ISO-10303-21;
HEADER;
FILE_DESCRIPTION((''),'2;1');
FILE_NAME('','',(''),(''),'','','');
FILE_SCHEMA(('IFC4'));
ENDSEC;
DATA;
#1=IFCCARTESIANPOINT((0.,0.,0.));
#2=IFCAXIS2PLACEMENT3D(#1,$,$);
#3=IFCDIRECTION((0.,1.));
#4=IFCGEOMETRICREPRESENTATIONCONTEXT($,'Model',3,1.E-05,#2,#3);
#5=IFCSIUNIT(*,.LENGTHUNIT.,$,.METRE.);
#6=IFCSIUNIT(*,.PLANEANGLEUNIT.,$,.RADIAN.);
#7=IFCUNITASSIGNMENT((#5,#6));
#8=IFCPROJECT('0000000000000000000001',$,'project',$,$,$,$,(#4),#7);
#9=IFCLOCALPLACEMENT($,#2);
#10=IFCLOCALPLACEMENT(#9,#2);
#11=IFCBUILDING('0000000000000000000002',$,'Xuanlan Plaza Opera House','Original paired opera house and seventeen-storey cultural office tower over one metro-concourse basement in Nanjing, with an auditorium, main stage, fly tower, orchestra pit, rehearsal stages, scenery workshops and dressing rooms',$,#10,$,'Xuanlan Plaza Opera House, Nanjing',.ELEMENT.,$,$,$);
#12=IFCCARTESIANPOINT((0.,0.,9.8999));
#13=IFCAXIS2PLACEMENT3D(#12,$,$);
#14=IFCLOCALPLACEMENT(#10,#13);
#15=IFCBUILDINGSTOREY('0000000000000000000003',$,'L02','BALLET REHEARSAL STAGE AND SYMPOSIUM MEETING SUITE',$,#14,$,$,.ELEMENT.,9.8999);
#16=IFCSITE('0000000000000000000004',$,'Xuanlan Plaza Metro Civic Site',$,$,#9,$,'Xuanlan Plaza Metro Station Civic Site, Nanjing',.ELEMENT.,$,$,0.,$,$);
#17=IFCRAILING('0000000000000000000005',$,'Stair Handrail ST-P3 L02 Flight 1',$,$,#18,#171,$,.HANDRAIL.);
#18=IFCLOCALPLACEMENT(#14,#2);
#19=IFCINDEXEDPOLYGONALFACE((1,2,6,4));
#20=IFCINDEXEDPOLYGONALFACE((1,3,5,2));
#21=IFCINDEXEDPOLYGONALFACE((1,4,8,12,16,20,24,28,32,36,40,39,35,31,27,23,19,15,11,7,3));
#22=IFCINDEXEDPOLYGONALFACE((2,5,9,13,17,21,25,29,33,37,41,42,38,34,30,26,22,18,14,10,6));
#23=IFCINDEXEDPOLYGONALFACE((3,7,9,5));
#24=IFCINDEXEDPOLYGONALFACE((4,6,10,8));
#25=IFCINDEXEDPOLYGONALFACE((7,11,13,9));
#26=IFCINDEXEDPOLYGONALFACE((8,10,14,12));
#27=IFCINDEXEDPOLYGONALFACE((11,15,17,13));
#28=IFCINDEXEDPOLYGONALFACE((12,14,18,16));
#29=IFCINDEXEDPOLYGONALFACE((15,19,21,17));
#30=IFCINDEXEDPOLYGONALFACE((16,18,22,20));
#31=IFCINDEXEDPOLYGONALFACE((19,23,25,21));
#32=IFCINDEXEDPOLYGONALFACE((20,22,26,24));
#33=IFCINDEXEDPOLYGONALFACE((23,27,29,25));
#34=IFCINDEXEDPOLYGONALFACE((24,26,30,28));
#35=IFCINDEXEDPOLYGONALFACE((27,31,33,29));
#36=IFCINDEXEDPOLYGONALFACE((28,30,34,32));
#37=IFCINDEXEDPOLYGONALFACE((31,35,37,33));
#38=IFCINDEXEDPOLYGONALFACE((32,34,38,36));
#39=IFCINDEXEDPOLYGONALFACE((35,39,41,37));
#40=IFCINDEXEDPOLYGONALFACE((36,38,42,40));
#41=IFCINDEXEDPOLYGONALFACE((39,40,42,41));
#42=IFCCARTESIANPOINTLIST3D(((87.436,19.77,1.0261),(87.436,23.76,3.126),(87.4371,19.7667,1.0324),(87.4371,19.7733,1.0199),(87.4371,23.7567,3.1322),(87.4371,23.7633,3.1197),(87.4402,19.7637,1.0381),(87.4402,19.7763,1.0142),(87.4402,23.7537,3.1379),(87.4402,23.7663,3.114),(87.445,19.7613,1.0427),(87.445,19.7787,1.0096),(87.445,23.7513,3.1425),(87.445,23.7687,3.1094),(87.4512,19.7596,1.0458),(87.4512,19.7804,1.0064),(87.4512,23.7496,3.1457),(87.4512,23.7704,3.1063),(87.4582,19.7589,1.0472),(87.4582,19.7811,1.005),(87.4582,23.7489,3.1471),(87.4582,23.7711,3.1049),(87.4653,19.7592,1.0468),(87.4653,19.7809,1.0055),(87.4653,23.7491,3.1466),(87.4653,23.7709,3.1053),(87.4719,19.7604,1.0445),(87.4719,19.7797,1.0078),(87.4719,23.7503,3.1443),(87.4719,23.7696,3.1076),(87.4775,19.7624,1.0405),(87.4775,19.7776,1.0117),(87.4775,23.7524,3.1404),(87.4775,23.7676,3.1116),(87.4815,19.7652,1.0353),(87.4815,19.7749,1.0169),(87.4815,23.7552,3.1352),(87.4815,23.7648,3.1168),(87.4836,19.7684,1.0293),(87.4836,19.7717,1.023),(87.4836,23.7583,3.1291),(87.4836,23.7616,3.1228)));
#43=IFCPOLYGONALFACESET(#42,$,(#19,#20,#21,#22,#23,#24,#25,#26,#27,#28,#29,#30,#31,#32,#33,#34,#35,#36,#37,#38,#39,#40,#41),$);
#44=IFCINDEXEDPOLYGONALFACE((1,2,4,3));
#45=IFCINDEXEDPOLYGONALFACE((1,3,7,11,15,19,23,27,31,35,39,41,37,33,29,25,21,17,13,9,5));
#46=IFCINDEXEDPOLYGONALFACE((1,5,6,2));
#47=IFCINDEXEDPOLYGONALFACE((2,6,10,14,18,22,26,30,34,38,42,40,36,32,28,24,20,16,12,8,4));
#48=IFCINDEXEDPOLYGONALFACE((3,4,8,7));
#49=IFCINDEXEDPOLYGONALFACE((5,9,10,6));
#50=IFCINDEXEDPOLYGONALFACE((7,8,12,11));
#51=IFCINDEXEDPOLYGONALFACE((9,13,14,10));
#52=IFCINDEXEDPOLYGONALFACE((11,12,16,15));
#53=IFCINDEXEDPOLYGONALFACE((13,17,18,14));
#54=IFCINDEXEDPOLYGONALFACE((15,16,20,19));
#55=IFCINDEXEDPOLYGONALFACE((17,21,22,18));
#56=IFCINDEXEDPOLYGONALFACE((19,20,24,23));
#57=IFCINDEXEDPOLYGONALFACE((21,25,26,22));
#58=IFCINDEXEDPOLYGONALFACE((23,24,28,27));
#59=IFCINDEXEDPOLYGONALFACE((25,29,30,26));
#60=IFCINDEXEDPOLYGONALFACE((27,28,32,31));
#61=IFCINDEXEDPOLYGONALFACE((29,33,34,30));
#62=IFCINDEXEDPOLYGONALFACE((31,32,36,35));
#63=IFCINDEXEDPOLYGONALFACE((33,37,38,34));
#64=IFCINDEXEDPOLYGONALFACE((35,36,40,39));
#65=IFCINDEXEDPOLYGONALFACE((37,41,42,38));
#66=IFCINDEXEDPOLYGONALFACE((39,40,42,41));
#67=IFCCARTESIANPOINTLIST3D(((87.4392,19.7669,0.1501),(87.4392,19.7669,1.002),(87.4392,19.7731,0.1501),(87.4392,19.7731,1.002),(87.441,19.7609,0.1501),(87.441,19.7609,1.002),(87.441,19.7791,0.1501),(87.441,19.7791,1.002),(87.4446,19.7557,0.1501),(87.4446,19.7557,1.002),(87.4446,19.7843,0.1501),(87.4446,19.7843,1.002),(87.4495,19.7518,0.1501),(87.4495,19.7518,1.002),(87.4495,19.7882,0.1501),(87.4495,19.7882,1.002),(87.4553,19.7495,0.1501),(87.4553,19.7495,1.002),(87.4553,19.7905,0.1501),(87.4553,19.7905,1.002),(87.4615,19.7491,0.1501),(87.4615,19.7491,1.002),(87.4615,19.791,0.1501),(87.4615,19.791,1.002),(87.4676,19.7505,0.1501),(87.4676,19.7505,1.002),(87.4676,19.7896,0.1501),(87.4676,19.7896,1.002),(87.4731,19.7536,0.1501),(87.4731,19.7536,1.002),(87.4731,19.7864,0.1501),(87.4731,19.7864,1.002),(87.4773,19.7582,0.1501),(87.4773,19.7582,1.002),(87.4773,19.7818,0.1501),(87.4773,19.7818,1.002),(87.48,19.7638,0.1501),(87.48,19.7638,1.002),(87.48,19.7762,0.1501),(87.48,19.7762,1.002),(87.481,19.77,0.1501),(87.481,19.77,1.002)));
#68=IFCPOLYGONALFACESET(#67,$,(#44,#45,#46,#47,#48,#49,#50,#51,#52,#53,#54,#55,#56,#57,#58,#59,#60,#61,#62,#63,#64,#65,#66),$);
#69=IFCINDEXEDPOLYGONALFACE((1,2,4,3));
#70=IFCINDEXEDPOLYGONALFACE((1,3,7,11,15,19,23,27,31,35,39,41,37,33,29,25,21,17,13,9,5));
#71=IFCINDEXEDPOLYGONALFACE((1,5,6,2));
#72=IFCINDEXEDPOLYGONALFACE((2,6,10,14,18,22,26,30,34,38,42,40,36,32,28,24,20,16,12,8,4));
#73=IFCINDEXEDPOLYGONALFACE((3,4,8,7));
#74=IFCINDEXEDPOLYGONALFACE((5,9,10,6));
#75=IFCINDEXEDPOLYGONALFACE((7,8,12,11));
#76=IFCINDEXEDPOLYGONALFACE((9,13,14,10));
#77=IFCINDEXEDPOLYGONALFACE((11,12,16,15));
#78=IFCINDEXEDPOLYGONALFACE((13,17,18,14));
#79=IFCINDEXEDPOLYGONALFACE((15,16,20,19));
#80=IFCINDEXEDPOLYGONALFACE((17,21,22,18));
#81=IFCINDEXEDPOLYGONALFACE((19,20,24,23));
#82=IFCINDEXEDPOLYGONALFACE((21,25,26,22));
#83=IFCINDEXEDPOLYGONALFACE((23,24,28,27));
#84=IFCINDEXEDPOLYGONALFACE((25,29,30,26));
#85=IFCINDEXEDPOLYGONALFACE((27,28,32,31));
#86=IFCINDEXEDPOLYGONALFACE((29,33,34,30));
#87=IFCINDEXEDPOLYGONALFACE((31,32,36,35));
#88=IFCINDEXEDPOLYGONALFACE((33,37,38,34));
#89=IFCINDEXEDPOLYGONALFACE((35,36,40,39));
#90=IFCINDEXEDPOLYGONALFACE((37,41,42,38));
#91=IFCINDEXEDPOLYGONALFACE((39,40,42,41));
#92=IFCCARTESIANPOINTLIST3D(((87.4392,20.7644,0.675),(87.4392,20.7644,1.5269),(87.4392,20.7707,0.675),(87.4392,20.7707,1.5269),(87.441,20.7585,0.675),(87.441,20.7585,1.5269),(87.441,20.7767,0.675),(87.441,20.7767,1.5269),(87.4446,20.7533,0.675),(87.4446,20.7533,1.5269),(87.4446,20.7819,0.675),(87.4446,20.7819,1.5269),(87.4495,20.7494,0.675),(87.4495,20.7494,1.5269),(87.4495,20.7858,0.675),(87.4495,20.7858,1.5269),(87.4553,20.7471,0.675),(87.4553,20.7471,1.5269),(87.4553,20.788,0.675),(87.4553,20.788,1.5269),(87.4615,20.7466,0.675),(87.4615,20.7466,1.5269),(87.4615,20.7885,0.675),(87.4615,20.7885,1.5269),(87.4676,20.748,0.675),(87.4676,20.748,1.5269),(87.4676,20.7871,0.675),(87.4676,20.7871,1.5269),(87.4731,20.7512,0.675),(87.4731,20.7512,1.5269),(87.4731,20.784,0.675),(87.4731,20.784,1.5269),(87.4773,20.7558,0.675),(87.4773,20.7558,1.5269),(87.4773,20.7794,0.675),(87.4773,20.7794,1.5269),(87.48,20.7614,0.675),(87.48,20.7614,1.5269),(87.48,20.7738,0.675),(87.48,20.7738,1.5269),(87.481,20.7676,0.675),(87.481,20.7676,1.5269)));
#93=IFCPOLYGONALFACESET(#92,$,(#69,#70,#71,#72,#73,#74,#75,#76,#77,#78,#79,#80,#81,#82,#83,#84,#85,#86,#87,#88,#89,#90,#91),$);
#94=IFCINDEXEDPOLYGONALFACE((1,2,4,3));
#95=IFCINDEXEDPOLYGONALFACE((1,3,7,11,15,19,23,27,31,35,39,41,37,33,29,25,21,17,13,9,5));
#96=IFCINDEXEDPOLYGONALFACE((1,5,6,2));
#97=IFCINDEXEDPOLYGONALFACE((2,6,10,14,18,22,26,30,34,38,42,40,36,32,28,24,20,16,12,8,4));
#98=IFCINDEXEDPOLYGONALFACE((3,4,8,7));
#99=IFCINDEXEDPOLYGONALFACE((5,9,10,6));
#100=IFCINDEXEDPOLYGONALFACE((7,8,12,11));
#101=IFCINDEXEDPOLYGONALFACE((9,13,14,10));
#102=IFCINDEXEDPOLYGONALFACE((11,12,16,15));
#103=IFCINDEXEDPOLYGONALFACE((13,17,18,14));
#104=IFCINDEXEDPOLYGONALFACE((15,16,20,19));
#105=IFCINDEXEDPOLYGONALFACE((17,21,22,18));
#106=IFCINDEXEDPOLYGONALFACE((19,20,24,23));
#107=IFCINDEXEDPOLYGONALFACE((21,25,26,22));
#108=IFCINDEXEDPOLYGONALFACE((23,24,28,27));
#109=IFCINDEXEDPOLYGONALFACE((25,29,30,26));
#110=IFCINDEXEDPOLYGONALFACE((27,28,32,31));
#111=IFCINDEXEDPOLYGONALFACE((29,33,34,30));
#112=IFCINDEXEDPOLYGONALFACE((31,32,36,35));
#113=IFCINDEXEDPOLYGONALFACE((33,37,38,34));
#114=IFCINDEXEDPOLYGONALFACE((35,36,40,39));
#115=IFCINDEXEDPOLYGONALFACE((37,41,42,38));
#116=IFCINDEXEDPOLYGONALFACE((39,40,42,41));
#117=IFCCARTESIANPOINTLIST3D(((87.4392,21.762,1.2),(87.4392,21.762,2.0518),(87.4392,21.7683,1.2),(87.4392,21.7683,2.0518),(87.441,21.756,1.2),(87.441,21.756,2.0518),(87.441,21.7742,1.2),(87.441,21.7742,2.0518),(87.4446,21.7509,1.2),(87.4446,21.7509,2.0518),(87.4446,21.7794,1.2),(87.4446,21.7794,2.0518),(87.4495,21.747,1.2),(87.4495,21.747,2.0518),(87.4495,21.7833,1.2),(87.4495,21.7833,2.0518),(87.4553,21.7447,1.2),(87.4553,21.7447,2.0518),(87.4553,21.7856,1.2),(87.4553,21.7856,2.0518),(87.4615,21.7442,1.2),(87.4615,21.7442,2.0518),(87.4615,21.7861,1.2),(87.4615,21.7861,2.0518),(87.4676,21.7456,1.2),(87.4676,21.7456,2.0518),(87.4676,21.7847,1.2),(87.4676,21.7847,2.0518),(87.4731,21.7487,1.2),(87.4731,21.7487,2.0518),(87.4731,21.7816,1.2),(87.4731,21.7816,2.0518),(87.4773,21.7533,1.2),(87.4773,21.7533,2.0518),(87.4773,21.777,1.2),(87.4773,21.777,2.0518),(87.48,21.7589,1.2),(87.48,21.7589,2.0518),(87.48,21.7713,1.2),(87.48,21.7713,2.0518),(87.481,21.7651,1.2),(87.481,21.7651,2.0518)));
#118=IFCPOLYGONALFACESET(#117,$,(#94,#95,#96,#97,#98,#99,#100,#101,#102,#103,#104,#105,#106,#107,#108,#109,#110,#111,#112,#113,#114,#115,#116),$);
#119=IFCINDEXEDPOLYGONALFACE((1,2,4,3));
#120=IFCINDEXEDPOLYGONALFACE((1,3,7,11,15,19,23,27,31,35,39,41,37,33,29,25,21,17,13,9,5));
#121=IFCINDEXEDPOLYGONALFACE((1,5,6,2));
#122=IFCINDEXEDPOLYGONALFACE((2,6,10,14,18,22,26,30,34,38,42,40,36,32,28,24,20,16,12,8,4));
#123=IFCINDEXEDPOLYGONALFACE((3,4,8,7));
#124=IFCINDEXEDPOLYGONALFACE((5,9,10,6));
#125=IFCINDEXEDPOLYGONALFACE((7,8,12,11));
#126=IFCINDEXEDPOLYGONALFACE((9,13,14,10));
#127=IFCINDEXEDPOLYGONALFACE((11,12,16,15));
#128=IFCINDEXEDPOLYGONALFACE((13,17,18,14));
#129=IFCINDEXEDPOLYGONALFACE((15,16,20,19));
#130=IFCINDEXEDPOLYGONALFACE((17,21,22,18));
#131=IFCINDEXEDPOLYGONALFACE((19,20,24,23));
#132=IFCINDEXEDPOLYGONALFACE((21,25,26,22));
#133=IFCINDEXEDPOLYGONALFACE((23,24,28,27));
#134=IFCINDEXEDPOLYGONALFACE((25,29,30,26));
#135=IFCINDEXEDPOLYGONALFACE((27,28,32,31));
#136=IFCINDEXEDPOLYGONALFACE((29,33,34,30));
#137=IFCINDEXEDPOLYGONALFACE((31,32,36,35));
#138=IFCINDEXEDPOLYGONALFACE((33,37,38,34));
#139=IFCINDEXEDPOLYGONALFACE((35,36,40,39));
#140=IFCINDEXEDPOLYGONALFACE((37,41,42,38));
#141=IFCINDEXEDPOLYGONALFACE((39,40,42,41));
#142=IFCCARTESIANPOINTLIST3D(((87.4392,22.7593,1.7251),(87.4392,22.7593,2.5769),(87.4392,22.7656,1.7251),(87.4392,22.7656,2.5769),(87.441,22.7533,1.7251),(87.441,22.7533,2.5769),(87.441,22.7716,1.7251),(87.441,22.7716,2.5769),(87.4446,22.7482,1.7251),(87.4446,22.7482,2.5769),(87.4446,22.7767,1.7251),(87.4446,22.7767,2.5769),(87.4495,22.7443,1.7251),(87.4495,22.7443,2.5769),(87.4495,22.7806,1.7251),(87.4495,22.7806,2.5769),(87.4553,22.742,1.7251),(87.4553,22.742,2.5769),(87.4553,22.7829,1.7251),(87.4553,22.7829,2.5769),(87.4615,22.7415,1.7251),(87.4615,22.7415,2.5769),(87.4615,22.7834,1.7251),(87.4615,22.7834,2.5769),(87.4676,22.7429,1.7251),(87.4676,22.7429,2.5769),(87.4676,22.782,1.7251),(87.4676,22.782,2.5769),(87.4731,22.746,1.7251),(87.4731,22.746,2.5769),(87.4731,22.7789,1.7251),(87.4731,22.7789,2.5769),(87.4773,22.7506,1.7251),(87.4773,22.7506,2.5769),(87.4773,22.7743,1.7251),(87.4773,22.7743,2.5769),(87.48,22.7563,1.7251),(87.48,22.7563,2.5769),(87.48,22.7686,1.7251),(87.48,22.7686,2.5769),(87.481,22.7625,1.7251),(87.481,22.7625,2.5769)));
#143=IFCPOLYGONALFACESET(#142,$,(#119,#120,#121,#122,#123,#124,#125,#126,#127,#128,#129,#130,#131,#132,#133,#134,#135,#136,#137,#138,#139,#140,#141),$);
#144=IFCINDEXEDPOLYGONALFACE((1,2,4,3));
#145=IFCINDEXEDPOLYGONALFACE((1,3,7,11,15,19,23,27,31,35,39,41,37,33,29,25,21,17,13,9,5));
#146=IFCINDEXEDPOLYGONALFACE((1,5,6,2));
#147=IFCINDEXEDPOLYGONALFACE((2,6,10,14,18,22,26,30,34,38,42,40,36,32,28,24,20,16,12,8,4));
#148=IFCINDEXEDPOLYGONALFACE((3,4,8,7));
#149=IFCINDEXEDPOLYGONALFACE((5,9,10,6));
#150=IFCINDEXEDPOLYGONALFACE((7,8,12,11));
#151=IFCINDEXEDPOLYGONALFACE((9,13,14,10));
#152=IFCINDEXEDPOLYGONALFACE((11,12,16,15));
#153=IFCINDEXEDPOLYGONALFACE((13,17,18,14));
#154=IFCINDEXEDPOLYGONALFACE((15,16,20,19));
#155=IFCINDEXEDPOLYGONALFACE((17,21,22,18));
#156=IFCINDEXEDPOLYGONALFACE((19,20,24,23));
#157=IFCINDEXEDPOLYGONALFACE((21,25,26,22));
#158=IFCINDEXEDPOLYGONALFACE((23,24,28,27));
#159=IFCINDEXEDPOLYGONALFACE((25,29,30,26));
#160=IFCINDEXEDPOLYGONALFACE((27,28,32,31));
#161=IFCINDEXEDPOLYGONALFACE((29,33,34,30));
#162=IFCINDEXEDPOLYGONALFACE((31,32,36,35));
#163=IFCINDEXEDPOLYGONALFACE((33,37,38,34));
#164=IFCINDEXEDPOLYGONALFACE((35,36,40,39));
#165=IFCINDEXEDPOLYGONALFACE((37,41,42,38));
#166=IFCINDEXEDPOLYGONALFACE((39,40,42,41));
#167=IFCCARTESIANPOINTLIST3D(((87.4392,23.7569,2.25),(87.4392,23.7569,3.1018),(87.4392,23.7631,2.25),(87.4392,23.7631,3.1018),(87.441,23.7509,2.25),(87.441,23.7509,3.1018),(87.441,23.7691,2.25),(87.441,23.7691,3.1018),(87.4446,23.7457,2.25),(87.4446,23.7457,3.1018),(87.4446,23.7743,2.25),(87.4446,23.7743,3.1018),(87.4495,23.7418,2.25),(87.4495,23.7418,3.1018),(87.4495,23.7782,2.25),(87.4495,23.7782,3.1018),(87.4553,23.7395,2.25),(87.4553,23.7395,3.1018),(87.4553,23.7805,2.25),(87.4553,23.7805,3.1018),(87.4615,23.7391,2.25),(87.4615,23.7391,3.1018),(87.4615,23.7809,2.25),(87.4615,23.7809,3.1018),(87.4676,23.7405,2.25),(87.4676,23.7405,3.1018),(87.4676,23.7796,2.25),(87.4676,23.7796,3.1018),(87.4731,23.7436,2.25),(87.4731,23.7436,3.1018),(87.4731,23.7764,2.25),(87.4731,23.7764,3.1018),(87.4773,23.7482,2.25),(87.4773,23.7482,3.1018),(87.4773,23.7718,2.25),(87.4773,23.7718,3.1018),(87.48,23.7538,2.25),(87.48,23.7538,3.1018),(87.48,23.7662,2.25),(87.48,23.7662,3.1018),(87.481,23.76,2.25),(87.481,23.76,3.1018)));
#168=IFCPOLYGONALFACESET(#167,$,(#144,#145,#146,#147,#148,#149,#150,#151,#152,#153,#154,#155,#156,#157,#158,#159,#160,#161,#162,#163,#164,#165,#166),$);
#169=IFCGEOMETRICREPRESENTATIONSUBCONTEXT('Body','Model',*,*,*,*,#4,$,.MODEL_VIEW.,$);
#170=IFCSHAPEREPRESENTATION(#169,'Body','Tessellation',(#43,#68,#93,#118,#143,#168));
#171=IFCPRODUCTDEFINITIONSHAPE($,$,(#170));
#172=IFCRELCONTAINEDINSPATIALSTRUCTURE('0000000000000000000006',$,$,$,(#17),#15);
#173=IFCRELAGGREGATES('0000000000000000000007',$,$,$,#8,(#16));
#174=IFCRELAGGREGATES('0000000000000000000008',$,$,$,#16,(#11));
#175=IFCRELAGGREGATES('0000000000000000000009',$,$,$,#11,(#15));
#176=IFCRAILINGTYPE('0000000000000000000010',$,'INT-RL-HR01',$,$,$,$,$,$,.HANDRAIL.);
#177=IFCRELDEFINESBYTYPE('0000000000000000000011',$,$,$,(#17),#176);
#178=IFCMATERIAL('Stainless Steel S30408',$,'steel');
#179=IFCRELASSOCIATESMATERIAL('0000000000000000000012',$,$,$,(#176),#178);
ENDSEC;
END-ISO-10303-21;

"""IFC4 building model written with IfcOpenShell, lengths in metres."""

from ifc_helpers import new_model, si_unit, direction, frame, origin, origin_2d, place, context, subcontext, project, spatial, circle, extrude, material, type_object, element, save


model = new_model("IFC4")

# Units and contexts
model_context = context("Model", 3, precision=1e-05, world=origin(), true_north=direction((0.0, 1.0)))
body_context = subcontext(model_context, "Body", "Model", "MODEL_VIEW")
ifc_project = project(units=[si_unit("LENGTHUNIT", "METRE"), si_unit("PLANEANGLEUNIT", "RADIAN")], contexts=[model_context])

# Site, building, storey
site_placement = place(None, origin())
site = spatial("IfcSite", under=ifc_project, at=site_placement, Name="Xuanlan Plaza Metro Civic Site", LongName="Xuanlan Plaza Metro Station Civic Site, Nanjing", CompositionType="ELEMENT", RefElevation=0.0)
building_placement = place(site_placement, origin())
building = spatial("IfcBuilding", under=site, at=building_placement, Name="Xuanlan Plaza Opera House", Description="Original paired opera house and seventeen-storey cultural office tower over one metro-concourse basement in Nanjing, with an auditorium, main stage, fly tower, orchestra pit, rehearsal stages, scenery workshops and dressing rooms", LongName="Xuanlan Plaza Opera House, Nanjing", CompositionType="ELEMENT")
storey_placement = place(building_placement, frame((0.0, 0.0, 9.8999)))
storey = spatial("IfcBuildingStorey", under=building, at=storey_placement, Name="L02", Description="BALLET REHEARSAL STAGE AND SYMPOSIUM MEETING SUITE", CompositionType="ELEMENT", Elevation=9.8999)

# Railing
ifc_material_1 = material(Name="Stainless Steel S30408", Category="steel")
railing_type = type_object("IfcRailingType", Name="INT-RL-HR01", PredefinedType="HANDRAIL", material=ifc_material_1)
for number, where, name in (
    (1, (87.46, 19.77, 0.1501), "Stair Handrail ST-P3 L02 Flight 1"),
):
    element("IfcRailing", number, at=place(storey_placement, frame(where)), inside=storey, type_object=railing_type, Name=name, PredefinedType="HANDRAIL", context=body_context, shape_type="SweptSolid", body=[
        extrude(circle(Radius=0.0239, at=origin_2d()), frame((0.0, 0.0, 0.876), z_axis=(0.0, 0.884931, 0.465722), x_axis=(-1.0, 0.0, 0.0)), (0.0, 0.0, 1.0), 4.5088),
        extrude(circle(Radius=0.021, at=origin_2d()), origin(), (0.0, 0.0, 1.0), 0.8518),
        extrude(circle(Radius=0.021, at=origin_2d()), frame((0.0, 0.9976, 0.5249)), (0.0, 0.0, 1.0), 0.8518),
        extrude(circle(Radius=0.021, at=origin_2d()), frame((0.0, 1.9951, 1.0498)), (0.0, 0.0, 1.0), 0.8518),
        extrude(circle(Radius=0.021, at=origin_2d()), frame((0.0, 2.9924, 1.575)), (0.0, 0.0, 1.0), 0.8518),
        extrude(circle(Radius=0.021, at=origin_2d()), frame((0.0, 3.99, 2.0999)), (0.0, 0.0, 1.0), 0.8518),
    ])

save(model, "model.ifc")
